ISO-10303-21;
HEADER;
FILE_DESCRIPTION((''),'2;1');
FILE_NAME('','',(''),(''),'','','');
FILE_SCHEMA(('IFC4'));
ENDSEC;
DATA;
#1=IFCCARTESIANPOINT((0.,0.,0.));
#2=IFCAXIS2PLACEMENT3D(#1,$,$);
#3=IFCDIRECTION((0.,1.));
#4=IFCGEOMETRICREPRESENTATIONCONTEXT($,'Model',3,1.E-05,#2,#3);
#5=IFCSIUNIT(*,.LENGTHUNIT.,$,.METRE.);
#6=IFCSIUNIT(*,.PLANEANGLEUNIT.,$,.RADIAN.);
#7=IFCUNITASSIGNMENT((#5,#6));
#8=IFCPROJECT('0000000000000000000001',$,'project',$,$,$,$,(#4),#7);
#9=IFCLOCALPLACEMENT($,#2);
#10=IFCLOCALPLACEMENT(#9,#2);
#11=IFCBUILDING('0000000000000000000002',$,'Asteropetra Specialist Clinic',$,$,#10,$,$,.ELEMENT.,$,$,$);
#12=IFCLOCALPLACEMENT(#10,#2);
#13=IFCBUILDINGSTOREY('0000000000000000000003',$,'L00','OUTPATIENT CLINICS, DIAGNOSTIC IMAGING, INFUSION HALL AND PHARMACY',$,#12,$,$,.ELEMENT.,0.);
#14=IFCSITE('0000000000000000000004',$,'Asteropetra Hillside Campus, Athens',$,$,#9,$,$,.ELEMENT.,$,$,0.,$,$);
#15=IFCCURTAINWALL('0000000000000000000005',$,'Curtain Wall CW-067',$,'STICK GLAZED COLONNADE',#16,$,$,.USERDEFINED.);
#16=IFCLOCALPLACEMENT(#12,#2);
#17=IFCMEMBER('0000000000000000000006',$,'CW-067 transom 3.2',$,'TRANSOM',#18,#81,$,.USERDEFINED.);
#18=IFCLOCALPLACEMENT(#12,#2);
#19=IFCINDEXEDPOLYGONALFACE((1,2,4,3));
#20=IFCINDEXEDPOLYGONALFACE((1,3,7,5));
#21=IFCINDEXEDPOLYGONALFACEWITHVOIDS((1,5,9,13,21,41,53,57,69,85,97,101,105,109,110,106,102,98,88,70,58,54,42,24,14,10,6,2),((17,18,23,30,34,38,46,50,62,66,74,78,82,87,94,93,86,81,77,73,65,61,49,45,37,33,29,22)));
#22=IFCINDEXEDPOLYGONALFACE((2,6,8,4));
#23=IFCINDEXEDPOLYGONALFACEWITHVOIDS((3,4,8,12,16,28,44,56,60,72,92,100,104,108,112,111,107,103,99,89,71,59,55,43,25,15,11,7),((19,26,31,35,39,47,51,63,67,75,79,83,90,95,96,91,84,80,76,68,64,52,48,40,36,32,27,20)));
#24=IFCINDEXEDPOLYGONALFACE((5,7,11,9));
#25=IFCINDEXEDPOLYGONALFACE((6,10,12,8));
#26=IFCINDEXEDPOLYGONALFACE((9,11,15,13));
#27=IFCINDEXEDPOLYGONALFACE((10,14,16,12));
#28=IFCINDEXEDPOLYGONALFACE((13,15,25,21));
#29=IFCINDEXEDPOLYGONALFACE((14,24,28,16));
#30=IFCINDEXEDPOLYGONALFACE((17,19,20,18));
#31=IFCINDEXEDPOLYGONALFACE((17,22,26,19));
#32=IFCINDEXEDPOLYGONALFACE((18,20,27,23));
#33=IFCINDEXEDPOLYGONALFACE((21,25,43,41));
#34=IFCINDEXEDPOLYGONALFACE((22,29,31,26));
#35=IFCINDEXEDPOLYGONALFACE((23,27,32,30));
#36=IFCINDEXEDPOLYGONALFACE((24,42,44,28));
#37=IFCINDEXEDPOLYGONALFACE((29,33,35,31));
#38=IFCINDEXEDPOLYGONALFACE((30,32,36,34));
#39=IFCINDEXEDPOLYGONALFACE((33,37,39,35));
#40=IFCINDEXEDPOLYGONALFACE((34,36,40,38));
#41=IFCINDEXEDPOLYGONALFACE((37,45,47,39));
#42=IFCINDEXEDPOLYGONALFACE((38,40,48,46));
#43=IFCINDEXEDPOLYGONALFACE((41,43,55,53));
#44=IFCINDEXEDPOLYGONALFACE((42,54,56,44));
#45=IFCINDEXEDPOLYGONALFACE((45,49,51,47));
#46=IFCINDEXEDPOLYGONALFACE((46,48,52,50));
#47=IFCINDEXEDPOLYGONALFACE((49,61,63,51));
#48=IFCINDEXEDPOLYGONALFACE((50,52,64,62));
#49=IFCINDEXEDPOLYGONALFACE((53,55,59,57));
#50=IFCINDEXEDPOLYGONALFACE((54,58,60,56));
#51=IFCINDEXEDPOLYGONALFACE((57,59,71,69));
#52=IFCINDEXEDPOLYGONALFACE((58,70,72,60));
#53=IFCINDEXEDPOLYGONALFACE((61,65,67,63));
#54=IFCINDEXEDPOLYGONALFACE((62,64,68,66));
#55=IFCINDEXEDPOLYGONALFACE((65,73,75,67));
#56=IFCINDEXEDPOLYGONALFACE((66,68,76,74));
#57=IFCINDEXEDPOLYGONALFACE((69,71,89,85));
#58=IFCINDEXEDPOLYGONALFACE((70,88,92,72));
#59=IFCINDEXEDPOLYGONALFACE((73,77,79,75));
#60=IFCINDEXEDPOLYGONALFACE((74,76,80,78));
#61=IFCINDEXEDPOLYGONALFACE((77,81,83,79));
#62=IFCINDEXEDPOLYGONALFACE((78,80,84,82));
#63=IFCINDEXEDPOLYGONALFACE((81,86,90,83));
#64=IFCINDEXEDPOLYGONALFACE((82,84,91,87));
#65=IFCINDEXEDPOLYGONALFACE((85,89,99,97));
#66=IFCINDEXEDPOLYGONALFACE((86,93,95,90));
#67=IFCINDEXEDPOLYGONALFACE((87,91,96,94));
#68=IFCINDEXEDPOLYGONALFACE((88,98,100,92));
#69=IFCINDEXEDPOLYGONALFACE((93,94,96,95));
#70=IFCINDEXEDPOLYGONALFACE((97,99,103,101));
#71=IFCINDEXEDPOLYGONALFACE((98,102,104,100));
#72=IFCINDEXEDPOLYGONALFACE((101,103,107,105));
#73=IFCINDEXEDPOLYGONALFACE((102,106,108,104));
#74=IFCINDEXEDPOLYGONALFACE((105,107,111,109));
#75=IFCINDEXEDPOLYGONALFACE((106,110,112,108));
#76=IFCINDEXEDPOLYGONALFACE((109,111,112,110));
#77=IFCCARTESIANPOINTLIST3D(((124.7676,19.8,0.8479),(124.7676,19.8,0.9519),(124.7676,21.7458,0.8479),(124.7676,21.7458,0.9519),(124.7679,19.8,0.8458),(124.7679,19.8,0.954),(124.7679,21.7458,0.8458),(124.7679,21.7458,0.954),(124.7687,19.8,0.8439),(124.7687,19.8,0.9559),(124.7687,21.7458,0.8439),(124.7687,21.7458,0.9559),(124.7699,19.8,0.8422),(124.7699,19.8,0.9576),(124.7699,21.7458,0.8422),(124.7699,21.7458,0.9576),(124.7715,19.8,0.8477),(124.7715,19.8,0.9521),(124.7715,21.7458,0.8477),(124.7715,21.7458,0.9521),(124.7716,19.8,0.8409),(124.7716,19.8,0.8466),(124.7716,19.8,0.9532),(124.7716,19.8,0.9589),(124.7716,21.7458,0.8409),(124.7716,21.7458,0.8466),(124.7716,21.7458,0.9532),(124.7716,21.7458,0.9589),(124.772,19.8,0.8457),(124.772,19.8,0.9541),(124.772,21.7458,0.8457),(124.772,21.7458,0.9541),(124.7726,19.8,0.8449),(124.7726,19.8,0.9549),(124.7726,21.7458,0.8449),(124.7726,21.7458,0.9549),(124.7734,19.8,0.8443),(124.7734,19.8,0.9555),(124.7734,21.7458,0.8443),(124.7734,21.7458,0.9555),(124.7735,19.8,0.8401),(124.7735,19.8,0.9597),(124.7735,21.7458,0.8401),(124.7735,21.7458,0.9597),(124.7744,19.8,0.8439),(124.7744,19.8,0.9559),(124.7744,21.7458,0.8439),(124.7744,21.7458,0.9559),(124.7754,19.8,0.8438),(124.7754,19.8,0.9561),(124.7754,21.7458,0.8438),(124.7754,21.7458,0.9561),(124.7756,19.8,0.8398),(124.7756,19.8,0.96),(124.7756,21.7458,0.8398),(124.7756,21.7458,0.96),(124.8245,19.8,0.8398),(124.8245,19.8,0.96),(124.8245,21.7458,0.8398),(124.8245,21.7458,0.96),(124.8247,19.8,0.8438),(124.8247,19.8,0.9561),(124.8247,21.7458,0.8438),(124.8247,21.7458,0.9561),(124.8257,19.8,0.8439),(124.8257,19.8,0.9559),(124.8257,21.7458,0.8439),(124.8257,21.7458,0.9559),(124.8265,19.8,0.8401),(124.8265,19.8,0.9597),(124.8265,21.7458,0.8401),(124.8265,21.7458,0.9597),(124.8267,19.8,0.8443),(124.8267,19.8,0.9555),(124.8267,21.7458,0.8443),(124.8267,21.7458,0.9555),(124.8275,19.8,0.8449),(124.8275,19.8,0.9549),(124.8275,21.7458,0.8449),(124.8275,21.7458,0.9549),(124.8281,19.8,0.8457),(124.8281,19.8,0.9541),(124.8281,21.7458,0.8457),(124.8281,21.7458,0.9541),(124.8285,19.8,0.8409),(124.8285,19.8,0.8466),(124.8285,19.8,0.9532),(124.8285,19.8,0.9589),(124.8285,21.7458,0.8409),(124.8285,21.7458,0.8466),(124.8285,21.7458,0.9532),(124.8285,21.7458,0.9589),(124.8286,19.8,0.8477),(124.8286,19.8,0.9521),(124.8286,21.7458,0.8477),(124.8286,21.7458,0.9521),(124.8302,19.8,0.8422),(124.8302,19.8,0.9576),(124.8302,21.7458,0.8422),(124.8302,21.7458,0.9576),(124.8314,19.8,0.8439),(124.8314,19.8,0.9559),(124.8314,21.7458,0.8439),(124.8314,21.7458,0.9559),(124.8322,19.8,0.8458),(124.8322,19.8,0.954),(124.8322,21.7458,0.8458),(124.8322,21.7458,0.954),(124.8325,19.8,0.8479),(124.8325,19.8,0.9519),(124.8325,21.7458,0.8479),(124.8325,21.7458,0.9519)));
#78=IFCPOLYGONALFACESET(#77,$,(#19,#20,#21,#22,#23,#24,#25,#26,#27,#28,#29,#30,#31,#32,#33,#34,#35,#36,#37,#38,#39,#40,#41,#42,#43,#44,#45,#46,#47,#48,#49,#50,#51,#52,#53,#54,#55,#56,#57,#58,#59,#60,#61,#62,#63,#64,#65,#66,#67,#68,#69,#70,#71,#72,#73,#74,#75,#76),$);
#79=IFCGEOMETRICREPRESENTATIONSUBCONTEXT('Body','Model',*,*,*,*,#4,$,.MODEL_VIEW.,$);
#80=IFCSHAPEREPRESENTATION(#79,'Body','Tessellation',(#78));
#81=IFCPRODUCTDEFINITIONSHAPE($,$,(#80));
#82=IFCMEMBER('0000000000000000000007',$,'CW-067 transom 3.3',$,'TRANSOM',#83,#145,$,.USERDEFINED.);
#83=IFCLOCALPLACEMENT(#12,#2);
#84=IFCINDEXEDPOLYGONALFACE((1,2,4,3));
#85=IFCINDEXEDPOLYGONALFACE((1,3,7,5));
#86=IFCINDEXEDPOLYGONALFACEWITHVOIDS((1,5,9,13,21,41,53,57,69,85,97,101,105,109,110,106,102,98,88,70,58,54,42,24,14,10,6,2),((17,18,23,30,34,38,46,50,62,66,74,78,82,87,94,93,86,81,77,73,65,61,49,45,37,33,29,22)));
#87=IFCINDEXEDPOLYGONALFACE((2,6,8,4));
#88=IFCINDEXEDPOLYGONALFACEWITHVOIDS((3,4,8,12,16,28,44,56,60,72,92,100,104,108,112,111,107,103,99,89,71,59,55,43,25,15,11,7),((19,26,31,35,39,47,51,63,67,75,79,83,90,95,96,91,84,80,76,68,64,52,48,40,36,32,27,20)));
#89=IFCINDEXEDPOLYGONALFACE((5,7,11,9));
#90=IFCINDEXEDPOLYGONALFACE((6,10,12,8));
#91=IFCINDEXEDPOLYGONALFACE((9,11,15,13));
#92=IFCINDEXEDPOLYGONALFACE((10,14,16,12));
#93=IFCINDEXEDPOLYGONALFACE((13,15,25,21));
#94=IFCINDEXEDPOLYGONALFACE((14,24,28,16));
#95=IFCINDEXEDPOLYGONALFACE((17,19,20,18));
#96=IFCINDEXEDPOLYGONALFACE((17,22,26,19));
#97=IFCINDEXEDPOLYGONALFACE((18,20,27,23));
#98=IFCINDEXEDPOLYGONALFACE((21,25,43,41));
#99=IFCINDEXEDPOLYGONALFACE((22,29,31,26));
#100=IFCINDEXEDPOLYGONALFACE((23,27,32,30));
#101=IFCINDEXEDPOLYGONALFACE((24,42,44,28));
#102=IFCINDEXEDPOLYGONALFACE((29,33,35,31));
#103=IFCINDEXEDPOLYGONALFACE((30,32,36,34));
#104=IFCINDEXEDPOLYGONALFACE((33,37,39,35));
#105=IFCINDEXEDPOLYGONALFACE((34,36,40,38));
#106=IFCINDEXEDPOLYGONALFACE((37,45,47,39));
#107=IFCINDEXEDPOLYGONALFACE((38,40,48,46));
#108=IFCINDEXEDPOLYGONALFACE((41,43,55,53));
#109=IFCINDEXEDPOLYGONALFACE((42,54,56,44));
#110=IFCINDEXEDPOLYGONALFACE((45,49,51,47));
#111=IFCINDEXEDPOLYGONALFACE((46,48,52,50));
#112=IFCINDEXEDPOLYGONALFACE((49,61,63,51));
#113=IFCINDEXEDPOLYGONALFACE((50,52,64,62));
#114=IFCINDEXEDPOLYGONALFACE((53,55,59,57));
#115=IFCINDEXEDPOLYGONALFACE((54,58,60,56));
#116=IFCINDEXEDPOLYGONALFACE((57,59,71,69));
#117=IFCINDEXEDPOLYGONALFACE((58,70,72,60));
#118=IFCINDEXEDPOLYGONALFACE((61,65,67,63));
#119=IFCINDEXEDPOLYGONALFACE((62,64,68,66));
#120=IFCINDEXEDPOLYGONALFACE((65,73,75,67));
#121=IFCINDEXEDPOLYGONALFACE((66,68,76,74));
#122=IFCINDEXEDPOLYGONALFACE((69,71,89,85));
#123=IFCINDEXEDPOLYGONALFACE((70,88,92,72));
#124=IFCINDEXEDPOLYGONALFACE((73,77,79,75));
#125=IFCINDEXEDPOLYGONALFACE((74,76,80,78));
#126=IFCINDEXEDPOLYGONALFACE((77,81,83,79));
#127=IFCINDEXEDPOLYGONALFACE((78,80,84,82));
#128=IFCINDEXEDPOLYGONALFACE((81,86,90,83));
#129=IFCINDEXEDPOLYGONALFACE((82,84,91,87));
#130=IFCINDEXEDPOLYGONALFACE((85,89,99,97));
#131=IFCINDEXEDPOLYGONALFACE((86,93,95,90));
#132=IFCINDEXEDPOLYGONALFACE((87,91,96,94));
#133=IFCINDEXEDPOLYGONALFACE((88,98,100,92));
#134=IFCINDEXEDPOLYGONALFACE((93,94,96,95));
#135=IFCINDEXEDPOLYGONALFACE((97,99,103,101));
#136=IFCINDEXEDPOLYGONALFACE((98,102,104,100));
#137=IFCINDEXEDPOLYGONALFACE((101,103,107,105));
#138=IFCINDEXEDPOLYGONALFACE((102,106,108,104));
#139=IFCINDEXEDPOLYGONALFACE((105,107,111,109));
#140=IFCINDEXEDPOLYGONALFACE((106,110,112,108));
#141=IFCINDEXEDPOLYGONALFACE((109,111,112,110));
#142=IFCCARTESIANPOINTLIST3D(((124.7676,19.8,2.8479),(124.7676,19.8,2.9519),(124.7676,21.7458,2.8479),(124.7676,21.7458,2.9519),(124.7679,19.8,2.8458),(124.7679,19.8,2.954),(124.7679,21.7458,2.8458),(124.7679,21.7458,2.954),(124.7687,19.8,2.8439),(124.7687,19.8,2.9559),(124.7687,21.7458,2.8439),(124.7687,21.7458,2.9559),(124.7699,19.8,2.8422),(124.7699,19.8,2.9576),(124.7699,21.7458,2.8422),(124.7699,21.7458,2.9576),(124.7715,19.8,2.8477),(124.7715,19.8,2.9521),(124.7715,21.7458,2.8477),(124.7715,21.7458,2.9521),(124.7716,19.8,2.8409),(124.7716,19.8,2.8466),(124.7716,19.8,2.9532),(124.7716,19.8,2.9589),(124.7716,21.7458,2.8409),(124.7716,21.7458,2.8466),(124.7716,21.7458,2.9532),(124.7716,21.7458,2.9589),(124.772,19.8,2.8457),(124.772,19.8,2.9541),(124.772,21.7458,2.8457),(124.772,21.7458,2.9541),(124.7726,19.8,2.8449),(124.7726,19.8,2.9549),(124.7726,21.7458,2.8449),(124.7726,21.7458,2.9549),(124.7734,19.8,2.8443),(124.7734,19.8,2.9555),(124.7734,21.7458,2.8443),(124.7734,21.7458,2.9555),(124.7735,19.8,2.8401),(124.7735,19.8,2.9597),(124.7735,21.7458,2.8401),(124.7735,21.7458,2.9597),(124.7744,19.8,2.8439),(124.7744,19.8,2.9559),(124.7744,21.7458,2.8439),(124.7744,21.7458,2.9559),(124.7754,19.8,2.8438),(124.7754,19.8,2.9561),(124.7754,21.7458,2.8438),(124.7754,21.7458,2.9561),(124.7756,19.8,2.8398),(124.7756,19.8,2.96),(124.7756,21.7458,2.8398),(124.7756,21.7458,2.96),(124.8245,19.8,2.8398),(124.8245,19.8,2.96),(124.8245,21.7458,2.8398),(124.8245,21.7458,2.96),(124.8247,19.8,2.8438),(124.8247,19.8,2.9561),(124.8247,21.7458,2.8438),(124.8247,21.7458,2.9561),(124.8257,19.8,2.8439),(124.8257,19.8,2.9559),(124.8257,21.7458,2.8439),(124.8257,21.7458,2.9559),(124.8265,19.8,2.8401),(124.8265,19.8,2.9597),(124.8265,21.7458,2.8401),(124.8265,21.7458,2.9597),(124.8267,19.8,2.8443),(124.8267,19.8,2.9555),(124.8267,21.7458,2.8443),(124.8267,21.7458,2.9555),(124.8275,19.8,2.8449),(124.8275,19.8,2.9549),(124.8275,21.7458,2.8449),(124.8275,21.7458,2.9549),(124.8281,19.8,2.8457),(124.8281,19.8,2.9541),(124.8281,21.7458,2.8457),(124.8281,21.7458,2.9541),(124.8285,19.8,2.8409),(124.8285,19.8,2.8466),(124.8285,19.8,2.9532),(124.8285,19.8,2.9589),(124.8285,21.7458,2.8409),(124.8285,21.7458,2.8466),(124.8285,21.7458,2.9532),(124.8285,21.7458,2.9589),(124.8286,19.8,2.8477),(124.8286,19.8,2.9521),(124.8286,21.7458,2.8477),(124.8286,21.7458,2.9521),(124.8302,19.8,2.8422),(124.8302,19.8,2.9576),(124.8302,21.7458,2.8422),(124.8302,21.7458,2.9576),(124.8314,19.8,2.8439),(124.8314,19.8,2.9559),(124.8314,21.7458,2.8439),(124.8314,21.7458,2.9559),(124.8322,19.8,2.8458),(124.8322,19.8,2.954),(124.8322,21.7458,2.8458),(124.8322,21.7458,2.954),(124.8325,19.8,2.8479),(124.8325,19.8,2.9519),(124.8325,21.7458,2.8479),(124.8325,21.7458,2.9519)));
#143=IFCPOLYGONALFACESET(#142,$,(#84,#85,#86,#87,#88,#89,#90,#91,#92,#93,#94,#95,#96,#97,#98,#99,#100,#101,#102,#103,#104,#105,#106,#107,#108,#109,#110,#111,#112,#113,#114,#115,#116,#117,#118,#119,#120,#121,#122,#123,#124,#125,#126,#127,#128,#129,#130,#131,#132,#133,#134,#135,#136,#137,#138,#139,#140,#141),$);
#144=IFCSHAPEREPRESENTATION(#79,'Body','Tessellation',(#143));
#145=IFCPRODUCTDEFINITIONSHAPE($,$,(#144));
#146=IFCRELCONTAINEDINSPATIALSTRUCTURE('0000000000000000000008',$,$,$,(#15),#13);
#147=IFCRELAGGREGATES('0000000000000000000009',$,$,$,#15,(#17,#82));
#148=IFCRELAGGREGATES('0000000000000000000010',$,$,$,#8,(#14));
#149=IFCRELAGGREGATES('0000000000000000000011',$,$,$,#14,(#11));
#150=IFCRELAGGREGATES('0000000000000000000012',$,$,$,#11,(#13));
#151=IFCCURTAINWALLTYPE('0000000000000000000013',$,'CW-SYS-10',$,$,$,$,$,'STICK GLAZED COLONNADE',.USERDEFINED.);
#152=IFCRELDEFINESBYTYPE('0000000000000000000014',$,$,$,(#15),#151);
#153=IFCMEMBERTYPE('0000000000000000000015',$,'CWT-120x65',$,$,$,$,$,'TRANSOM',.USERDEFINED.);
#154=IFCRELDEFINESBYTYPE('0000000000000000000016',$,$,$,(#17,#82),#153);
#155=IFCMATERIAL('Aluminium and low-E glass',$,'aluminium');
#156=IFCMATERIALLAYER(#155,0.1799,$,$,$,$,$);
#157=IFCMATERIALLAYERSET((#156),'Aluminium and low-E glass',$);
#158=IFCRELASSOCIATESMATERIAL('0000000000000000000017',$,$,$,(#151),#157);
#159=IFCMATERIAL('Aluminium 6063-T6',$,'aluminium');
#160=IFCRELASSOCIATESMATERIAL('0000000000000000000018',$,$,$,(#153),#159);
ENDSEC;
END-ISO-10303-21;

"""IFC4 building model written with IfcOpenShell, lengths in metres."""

from ifc_helpers import new_model, si_unit, direction, frame, origin, origin_2d, place, context, subcontext, project, spatial, hollow_rectangle, extrude, material, layer, layer_set, material_profile, profile_set, type_object, element, aggregate, save


model = new_model("IFC4")

# Units and contexts
model_context = context("Model", 3, precision=1e-05, world=origin(), true_north=direction((0.0, 1.0)))
body_context = subcontext(model_context, "Body", "Model", "MODEL_VIEW")
ifc_project = project(units=[si_unit("LENGTHUNIT", "METRE"), si_unit("PLANEANGLEUNIT", "RADIAN")], contexts=[model_context])

# Site, building, storey
site_placement = place(None, origin())
site = spatial("IfcSite", under=ifc_project, at=site_placement, Name="Asteropetra Hillside Campus, Athens", CompositionType="ELEMENT", RefElevation=0.0)
building_placement = place(site_placement, origin())
building = spatial("IfcBuilding", under=site, at=building_placement, Name="Asteropetra Specialist Clinic", CompositionType="ELEMENT")
storey_placement = place(building_placement, origin())
storey = spatial("IfcBuildingStorey", under=building, at=storey_placement, Name="L00", Description="OUTPATIENT CLINICS, DIAGNOSTIC IMAGING, INFUSION HALL AND PHARMACY", CompositionType="ELEMENT", Elevation=0.0)

# Curtain wall, members
ifc_material_1 = material(Name="Aluminium and low-E glass", Category="aluminium")
ifc_layer_1 = layer(ifc_material_1, 0.1799)
ifc_layer_set_1 = layer_set([ifc_layer_1], Name="Aluminium and low-E glass")
curtain_wall_type = type_object("IfcCurtainWallType", Name="CW-SYS-10", ElementType="STICK GLAZED COLONNADE", PredefinedType="USERDEFINED", material=ifc_layer_set_1)
curtain_wall_placement = place(storey_placement, origin())
curtain_wall = element("IfcCurtainWall", 1, at=curtain_wall_placement, inside=storey, type_object=curtain_wall_type, Name="Curtain Wall CW-067", ObjectType="STICK GLAZED COLONNADE", PredefinedType="USERDEFINED")
ifc_material_2 = material(Name="Aluminium 6063-T6", Category="aluminium")
ifc_material_profile_1 = material_profile(ifc_material_2, hollow_rectangle(XDim=0.0649, YDim=0.1201, WallThickness=0.0039, InnerFilletRadius=0.0039, OuterFilletRadius=0.0081, at=origin_2d()), Name="TRN 120x65x4.0")
ifc_profile_set_1 = profile_set([ifc_material_profile_1], Name="Aluminium 6063-T6")
member_type_1 = type_object("IfcMemberType", Name="CWT-120x65", ElementType="TRANSOM", PredefinedType="USERDEFINED", material=ifc_profile_set_1)
member_1_placement = place(storey_placement, frame((124.8, 21.7458, 0.8999), z_axis=(0.0, -1.0, 0.0), x_axis=(1.0, 0.0, 0.0)))
member_1 = element("IfcMember", 2, at=member_1_placement, type_object=member_type_1, Name="CW-067 transom 3.2", ObjectType="TRANSOM", PredefinedType="USERDEFINED", context=body_context, shape_type="SweptSolid", body=[
    extrude(hollow_rectangle(XDim=0.0649, YDim=0.1201, WallThickness=0.0039, InnerFilletRadius=0.0039, OuterFilletRadius=0.0081, at=origin_2d()), origin(), (0.0, 0.0, 1.0), 1.9458),
])
member_2_placement = place(storey_placement, frame((124.8, 21.7458, 2.8999), z_axis=(0.0, -1.0, 0.0), x_axis=(1.0, 0.0, 0.0)))
member_2 = element("IfcMember", 3, at=member_2_placement, type_object=member_type_1, Name="CW-067 transom 3.3", ObjectType="TRANSOM", PredefinedType="USERDEFINED", context=body_context, shape_type="SweptSolid", body=[
    extrude(hollow_rectangle(XDim=0.0649, YDim=0.1201, WallThickness=0.0039, InnerFilletRadius=0.0039, OuterFilletRadius=0.0081, at=origin_2d()), origin(), (0.0, 0.0, 1.0), 1.9458),
])
aggregate(curtain_wall, [member_1, member_2])

save(model, "model.ifc")
